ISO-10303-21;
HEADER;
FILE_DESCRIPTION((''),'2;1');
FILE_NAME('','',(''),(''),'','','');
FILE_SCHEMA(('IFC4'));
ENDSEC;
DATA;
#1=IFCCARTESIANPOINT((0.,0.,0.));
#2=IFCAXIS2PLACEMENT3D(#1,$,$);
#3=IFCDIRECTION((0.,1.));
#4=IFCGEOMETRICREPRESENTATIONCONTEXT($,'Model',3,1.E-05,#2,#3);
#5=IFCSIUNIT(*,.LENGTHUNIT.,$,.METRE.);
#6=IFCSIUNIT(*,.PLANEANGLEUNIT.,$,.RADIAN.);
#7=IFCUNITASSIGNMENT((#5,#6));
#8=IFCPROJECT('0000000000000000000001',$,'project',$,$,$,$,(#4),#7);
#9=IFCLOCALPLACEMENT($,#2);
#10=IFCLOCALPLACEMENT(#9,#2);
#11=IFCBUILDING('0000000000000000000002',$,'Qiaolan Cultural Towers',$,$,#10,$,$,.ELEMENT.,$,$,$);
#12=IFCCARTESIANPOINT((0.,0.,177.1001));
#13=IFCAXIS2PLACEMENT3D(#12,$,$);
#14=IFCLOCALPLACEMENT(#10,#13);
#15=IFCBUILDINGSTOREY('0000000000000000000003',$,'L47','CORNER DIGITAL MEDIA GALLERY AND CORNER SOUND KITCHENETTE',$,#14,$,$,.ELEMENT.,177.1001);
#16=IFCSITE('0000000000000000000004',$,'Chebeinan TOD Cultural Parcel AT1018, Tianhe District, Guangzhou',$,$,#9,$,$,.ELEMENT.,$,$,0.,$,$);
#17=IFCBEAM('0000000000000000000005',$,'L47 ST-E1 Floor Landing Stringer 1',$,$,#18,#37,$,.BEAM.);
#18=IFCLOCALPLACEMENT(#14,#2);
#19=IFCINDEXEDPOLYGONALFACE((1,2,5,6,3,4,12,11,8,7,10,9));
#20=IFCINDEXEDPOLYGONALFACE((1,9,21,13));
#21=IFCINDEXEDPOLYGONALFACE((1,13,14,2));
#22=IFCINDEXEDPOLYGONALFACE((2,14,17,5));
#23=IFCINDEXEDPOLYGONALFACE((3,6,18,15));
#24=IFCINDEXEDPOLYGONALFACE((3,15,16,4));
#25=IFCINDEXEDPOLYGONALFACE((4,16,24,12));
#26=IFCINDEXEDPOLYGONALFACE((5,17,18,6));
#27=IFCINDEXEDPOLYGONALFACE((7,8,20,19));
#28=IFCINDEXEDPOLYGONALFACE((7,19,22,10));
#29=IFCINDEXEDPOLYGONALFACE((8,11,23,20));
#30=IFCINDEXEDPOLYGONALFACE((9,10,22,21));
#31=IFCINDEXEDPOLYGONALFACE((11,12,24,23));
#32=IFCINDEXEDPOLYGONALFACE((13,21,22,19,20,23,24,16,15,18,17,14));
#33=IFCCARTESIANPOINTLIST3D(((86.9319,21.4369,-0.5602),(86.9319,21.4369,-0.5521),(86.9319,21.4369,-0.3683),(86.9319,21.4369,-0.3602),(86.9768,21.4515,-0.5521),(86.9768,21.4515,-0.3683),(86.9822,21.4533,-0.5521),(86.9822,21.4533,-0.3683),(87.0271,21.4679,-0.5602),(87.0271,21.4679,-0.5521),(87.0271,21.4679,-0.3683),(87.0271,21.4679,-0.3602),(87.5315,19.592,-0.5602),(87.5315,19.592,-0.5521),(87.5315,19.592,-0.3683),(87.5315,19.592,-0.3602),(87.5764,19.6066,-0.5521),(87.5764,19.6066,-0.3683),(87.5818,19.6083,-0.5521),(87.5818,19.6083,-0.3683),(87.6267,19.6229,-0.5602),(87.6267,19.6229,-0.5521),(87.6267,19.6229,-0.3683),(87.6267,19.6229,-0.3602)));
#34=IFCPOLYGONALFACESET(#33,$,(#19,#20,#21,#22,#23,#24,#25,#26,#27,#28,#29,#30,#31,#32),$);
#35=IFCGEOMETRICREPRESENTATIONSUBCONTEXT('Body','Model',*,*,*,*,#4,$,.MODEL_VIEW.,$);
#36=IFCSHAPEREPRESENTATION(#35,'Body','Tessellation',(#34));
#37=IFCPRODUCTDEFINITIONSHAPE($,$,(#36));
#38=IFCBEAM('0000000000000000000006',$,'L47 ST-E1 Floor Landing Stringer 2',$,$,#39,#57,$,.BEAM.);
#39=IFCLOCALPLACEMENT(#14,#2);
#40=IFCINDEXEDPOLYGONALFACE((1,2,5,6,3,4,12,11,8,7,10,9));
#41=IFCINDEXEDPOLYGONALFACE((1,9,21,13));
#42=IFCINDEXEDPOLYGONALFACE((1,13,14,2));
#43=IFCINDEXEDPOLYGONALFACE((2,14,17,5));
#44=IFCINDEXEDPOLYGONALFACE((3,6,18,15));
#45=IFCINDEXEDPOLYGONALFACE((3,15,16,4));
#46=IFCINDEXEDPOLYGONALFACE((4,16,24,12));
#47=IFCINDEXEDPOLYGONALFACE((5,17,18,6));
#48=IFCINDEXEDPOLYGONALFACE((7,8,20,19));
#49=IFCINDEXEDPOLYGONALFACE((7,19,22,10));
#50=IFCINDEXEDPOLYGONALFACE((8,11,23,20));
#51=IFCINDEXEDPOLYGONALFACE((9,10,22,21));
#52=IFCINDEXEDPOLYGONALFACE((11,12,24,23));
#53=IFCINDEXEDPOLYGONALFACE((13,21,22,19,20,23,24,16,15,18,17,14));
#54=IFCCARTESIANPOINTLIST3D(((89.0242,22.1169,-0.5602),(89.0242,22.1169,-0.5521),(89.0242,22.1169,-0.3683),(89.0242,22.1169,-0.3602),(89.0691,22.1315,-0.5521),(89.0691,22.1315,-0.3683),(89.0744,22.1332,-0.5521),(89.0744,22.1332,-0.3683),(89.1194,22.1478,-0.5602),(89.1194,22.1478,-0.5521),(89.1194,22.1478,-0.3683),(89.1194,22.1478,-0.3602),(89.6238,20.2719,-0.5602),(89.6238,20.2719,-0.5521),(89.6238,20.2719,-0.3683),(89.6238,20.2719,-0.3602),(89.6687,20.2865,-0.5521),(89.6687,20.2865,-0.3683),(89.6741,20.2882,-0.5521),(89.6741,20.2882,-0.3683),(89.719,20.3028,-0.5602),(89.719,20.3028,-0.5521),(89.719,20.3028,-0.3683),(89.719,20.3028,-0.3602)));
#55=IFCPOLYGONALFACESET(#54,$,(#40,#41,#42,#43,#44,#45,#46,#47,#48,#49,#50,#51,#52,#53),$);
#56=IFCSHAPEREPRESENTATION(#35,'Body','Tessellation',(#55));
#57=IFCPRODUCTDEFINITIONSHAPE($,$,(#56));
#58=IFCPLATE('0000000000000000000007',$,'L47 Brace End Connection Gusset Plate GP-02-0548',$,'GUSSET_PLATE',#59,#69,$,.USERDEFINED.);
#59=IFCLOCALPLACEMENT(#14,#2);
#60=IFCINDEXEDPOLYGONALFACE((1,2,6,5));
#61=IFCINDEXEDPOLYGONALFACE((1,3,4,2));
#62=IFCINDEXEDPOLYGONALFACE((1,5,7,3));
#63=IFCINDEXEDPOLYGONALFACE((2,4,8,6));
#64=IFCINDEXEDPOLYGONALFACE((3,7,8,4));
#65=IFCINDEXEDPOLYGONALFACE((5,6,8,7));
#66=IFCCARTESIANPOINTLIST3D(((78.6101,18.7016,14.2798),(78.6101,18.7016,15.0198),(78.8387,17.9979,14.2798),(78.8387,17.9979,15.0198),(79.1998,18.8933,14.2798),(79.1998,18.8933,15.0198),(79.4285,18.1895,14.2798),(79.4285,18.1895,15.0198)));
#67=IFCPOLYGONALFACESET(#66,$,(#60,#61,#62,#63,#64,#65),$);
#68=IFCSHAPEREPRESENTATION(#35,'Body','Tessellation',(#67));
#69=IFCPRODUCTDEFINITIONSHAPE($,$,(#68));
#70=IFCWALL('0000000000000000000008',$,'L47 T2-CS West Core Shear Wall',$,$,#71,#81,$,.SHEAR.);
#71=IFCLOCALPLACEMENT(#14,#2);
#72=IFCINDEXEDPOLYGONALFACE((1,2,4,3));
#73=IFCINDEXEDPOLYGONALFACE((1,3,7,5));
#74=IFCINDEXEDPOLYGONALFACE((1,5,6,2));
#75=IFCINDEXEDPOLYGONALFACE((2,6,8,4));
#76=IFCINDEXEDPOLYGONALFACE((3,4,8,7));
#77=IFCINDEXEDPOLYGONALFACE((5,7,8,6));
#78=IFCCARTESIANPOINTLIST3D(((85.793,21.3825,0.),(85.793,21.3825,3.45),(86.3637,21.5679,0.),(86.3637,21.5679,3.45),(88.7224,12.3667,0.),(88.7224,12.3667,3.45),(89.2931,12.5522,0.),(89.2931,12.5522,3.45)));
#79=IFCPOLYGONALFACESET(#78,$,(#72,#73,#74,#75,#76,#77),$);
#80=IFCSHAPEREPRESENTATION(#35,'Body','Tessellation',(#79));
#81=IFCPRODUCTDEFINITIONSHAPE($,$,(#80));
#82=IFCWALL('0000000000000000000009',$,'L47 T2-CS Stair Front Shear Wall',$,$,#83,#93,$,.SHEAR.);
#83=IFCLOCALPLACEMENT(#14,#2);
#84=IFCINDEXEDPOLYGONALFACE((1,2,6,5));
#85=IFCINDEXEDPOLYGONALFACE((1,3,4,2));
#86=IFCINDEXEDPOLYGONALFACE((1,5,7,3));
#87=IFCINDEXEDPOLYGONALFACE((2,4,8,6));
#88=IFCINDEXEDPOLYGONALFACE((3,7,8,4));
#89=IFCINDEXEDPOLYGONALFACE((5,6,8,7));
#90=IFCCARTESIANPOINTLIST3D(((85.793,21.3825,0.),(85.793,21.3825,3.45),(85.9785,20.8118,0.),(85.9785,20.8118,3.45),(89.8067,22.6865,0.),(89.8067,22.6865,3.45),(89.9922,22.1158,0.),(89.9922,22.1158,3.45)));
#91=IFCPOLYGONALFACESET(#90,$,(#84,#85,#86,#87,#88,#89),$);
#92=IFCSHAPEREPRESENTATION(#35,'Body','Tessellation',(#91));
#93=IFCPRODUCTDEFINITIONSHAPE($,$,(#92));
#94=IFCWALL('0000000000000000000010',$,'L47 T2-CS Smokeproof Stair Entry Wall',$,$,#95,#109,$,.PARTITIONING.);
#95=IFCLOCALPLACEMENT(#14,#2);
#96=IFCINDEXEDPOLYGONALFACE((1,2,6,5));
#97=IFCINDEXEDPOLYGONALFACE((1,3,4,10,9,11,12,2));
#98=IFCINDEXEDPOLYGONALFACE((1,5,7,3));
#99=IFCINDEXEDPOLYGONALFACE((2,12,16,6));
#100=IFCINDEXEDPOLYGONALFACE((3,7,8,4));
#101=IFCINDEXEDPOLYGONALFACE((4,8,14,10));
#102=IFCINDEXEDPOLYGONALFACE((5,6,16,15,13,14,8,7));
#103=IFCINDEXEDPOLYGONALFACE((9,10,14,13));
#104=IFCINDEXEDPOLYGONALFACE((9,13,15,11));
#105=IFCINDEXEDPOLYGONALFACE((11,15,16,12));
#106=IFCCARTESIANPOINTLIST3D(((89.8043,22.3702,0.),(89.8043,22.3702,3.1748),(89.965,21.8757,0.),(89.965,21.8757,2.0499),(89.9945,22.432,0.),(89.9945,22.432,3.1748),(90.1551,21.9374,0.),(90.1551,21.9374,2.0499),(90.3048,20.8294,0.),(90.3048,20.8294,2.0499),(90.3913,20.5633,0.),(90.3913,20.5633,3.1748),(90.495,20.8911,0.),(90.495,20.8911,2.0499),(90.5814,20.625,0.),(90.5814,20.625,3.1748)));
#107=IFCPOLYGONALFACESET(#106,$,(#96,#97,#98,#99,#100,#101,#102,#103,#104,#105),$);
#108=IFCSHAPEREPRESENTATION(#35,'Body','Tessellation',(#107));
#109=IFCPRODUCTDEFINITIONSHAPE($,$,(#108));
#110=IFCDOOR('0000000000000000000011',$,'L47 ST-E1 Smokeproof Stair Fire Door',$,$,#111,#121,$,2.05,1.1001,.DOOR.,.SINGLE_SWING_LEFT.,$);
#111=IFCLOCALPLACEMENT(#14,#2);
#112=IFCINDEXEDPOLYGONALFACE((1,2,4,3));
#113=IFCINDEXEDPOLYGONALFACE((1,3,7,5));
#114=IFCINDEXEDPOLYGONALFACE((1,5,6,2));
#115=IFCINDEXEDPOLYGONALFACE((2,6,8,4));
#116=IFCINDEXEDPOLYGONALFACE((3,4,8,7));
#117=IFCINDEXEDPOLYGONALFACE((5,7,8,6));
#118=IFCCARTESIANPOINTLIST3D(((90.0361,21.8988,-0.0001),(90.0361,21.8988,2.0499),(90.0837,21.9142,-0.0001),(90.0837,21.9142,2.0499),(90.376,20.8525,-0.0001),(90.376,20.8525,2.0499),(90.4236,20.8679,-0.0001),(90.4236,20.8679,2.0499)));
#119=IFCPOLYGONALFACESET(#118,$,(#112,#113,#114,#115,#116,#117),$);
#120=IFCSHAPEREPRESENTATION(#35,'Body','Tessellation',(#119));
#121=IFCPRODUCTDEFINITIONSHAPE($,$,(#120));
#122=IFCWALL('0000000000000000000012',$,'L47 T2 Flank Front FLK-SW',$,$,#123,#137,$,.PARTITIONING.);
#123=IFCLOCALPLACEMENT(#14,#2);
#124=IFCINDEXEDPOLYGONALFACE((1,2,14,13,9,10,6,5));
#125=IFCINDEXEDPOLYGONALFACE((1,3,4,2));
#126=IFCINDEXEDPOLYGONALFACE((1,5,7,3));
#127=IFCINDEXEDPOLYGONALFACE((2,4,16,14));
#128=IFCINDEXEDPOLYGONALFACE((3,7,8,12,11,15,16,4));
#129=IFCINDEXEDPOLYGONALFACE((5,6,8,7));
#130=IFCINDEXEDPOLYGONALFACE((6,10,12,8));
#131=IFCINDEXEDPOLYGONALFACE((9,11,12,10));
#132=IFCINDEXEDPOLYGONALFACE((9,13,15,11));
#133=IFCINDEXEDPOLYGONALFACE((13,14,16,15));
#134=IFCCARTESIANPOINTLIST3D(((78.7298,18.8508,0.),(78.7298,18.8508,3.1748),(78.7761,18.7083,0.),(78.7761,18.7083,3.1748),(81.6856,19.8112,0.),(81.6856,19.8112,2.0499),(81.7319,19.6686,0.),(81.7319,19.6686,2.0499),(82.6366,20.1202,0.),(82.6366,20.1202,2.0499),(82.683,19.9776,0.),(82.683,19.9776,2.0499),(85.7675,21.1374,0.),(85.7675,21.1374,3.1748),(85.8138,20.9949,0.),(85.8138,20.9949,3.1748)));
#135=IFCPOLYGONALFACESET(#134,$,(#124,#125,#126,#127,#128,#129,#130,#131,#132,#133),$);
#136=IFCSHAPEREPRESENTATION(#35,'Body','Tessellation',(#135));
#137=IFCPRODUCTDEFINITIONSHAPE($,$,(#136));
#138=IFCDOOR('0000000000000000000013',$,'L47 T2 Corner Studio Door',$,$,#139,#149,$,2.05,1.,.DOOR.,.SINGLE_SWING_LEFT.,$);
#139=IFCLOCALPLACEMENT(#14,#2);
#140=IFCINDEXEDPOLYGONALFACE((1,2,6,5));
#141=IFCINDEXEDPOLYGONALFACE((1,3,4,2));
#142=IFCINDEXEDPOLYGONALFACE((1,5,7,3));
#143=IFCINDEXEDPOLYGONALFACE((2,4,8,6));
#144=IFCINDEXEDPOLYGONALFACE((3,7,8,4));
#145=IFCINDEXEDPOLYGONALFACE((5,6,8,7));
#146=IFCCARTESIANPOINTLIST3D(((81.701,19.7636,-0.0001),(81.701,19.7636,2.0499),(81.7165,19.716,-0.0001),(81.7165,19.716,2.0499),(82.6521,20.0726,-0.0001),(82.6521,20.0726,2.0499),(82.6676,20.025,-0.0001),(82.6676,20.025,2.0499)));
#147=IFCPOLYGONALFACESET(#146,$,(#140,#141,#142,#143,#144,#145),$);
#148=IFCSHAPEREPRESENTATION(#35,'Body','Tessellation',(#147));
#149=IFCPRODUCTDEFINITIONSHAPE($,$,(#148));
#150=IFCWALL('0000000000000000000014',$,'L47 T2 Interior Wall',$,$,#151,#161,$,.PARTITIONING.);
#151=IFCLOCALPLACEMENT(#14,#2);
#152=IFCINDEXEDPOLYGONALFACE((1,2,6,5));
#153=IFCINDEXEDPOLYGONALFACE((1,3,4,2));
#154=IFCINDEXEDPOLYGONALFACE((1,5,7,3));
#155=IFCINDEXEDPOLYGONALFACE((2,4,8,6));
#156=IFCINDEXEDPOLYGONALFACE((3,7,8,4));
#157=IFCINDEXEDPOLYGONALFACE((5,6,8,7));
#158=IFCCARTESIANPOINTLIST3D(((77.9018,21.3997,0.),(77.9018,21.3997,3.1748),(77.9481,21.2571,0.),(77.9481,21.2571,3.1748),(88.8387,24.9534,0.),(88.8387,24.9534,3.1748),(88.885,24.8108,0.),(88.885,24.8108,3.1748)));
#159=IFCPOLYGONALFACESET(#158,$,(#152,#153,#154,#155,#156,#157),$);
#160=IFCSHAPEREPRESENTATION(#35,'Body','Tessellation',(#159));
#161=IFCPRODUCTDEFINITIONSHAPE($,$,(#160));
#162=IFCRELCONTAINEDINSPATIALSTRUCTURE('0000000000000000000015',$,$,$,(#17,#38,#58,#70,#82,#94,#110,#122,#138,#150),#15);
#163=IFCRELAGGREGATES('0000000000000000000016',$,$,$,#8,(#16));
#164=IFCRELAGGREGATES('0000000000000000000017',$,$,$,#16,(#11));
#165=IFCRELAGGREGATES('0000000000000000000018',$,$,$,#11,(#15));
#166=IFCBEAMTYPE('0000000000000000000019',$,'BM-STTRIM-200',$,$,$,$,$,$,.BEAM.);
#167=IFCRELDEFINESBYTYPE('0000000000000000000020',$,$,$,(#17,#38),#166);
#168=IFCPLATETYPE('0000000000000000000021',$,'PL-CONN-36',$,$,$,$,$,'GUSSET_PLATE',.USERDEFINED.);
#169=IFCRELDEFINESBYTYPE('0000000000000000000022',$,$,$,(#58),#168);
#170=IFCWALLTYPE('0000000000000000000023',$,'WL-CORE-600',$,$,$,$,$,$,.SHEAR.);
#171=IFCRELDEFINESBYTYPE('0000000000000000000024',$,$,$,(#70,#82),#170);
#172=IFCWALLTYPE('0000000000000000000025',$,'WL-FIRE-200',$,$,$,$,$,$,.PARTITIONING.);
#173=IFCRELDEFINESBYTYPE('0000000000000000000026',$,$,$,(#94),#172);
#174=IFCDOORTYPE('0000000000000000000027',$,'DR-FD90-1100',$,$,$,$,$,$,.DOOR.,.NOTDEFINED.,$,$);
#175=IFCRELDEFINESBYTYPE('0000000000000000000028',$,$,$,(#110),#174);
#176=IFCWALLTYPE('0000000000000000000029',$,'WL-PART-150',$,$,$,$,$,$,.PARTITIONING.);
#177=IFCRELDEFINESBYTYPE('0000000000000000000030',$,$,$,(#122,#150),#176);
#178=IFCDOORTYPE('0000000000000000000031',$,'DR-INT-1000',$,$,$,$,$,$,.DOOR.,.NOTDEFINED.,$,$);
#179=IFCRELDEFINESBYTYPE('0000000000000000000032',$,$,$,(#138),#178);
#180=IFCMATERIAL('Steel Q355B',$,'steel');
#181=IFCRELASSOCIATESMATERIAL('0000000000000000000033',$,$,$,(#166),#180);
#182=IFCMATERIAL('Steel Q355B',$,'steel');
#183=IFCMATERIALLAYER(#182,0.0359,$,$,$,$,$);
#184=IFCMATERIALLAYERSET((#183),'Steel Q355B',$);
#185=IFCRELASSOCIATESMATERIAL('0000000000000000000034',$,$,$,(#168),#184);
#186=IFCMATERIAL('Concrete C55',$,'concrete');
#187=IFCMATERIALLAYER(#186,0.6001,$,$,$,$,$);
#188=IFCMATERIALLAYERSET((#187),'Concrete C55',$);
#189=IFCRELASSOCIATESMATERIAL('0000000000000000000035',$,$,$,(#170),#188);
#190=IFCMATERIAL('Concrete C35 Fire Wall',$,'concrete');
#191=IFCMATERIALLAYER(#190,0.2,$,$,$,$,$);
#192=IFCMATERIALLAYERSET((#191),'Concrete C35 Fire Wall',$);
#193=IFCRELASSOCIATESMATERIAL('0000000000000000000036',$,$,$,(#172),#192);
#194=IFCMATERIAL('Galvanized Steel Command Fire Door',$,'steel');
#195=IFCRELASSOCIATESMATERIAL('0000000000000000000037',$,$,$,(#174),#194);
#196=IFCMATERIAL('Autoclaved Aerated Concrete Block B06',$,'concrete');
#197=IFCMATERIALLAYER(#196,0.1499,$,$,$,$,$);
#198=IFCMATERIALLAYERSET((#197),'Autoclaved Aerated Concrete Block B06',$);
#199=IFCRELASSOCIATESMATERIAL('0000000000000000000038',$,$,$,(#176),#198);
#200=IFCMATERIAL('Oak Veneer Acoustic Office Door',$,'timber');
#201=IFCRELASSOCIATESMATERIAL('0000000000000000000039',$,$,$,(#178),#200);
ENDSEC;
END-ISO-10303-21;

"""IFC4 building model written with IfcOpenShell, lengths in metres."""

from ifc_helpers import new_model, si_unit, direction, frame, frame_2d, origin, origin_2d, place, context, subcontext, project, spatial, rectangle, i_section, extrude, material, layer, layer_set, material_profile, profile_set, type_object, element, fill, save


model = new_model("IFC4")

# Units and contexts
model_context = context("Model", 3, precision=1e-05, world=origin(), true_north=direction((0.0, 1.0)))
body_context = subcontext(model_context, "Body", "Model", "MODEL_VIEW")
ifc_project = project(units=[si_unit("LENGTHUNIT", "METRE"), si_unit("PLANEANGLEUNIT", "RADIAN")], contexts=[model_context])

# Site, building, storey
site_placement = place(None, origin())
site = spatial("IfcSite", under=ifc_project, at=site_placement, Name="Chebeinan TOD Cultural Parcel AT1018, Tianhe District, Guangzhou", CompositionType="ELEMENT", RefElevation=0.0)
building_placement = place(site_placement, origin())
building = spatial("IfcBuilding", under=site, at=building_placement, Name="Qiaolan Cultural Towers", CompositionType="ELEMENT")
storey_placement = place(building_placement, frame((0.0, 0.0, 177.1001)))
storey = spatial("IfcBuildingStorey", under=building, at=storey_placement, Name="L47", Description="CORNER DIGITAL MEDIA GALLERY AND CORNER SOUND KITCHENETTE", CompositionType="ELEMENT", Elevation=177.1001)

# Beams
ifc_material_1 = material(Name="Steel Q355B", Category="steel")
ifc_material_profile_1 = material_profile(ifc_material_1, i_section(OverallWidth=0.1001, OverallDepth=0.2, WebThickness=0.0056, FlangeThickness=0.0081, at=origin_2d()), Name="HN200x100x5.5x8")
ifc_profile_set_1 = profile_set([ifc_material_profile_1], Name="Steel Q355B")
beam_type_1 = type_object("IfcBeamType", Name="BM-STTRIM-200", PredefinedType="BEAM", material=ifc_profile_set_1)
for number, where, z_axis, x_axis, name in (
    (1, (86.9795, 21.4524, -0.4602), (0.309083, -0.951035, 0.0), (0.951035, 0.309083, 0.0), "L47 ST-E1 Floor Landing Stringer 1"),
    (2, (89.0718, 22.1323, -0.4602), (0.309083, -0.951035, 0.0), (0.951035, 0.309083, 0.0), "L47 ST-E1 Floor Landing Stringer 2"),
):
    element("IfcBeam", number, at=place(storey_placement, frame(where, z_axis=z_axis, x_axis=x_axis)), inside=storey, type_object=beam_type_1, Name=name, PredefinedType="BEAM", context=body_context, shape_type="SweptSolid", body=[
        extrude(i_section(OverallWidth=0.1001, OverallDepth=0.2, WebThickness=0.0056, FlangeThickness=0.0081, at=origin_2d()), origin(), (0.0, 0.0, 1.0), 1.9399),
    ])

# Plate
ifc_material_2 = material(Name="Steel Q355B", Category="steel")
ifc_layer_1 = layer(ifc_material_2, 0.0359)
ifc_layer_set_1 = layer_set([ifc_layer_1], Name="Steel Q355B")
plate_type = type_object("IfcPlateType", Name="PL-CONN-36", ElementType="GUSSET_PLATE", PredefinedType="USERDEFINED", material=ifc_layer_set_1)
plate_placement = place(storey_placement, frame((79.0193, 18.4456, 14.2798), z_axis=(0.0, 0.0, 1.0), x_axis=(-0.309017, 0.951057, 0.0)))
element("IfcPlate", 3, at=plate_placement, inside=storey, type_object=plate_type, Name="L47 Brace End Connection Gusset Plate GP-02-0548", ObjectType="GUSSET_PLATE", PredefinedType="USERDEFINED", context=body_context, shape_type="SweptSolid", body=[
    extrude(rectangle(XDim=0.74, YDim=0.6201, at=origin_2d()), origin(), (0.0, 0.0, 1.0), 0.74),
])

# Walls
ifc_material_3 = material(Name="Concrete C55", Category="concrete")
ifc_layer_2 = layer(ifc_material_3, 0.6001)
ifc_layer_set_2 = layer_set([ifc_layer_2], Name="Concrete C55")
wall_type_1 = type_object("IfcWallType", Name="WL-CORE-600", PredefinedType="SHEAR", material=ifc_layer_set_2)
wall_1_placement = place(storey_placement, frame((86.0784, 21.4751, 0.0), z_axis=(0.0, 0.0, 1.0), x_axis=(0.309018, -0.951056, 0.0)))
element("IfcWall", 4, at=wall_1_placement, inside=storey, type_object=wall_type_1, Name="L47 T2-CS West Core Shear Wall", PredefinedType="SHEAR", context=body_context, shape_type="SweptSolid", body=[
    extrude(rectangle(XDim=9.4797, YDim=0.6001, at=frame_2d((4.7397, 0.0))), origin(), (0.0, 0.0, 1.0), 3.45),
])
wall_2_placement = place(storey_placement, frame((85.8857, 21.0972, 0.0), z_axis=(0.0, 0.0, 1.0), x_axis=(0.951068, 0.308981, 0.0)))
element("IfcWall", 5, at=wall_2_placement, inside=storey, type_object=wall_type_1, Name="L47 T2-CS Stair Front Shear Wall", PredefinedType="SHEAR", context=body_context, shape_type="SweptSolid", body=[
    extrude(rectangle(XDim=4.2202, YDim=0.6001, at=frame_2d((2.1101, 0.0))), origin(), (0.0, 0.0, 1.0), 3.45),
])

# Walls, openings, doors
ifc_material_4 = material(Name="Concrete C35 Fire Wall", Category="concrete")
ifc_layer_3 = layer(ifc_material_4, 0.2)
ifc_layer_set_3 = layer_set([ifc_layer_3], Name="Concrete C35 Fire Wall")
wall_type_2 = type_object("IfcWallType", Name="WL-FIRE-200", PredefinedType="PARTITIONING", material=ifc_layer_set_3)
wall_3_placement = place(storey_placement, frame((89.8994, 22.4011, 0.0), z_axis=(0.0, 0.0, 1.0), x_axis=(0.308932, -0.951084, 0.0)))
wall_3 = element("IfcWall", 6, at=wall_3_placement, inside=storey, type_object=wall_type_2, Name="L47 T2-CS Smokeproof Stair Entry Wall", PredefinedType="PARTITIONING", context=body_context, shape_type="SweptSolid", body=[
    extrude(rectangle(XDim=1.8999, YDim=0.2, at=frame_2d((0.95, 0.0))), origin(), (0.0, 0.0, 1.0), 3.1748),
])
opening_1_placement = place(wall_3_placement, frame((0.52, 0.0, 0.0)))
opening_1 = element("IfcOpeningElement", 7, at=opening_1_placement, cuts=wall_3, PredefinedType="OPENING", context=body_context, shape_type="SweptSolid", body=[
    extrude(rectangle(XDim=1.1001, YDim=2.05, at=frame_2d((0.55, 1.0249))), frame((0.0, 0.1099, 0.0), z_axis=(0.0, -1.0, 0.0), x_axis=(1.0, 0.0, 0.0)), (0.0, 0.0, 1.0), 0.22),
])
ifc_material_5 = material(Name="Galvanized Steel Command Fire Door", Category="steel")
door_type_1 = type_object("IfcDoorType", Name="DR-FD90-1100", OperationType="NOTDEFINED", PredefinedType="DOOR", material=ifc_material_5)
door_1_placement = place(opening_1_placement, origin())
door_1 = element("IfcDoor", 8, at=door_1_placement, inside=storey, type_object=door_type_1, Name="L47 ST-E1 Smokeproof Stair Fire Door", OperationType="SINGLE_SWING_LEFT", OverallHeight=2.05, OverallWidth=1.1001, PredefinedType="DOOR", context=body_context, shape_type="SweptSolid", body=[
    extrude(rectangle(XDim=1.1001, YDim=2.05, at=frame_2d((0.55, 1.0249))), frame((0.0, 0.0249, 0.0), z_axis=(0.0, -1.0, 0.0), x_axis=(1.0, 0.0, 0.0)), (0.0, 0.0, 1.0), 0.05),
])
fill(opening_1, door_1)
ifc_material_6 = material(Name="Autoclaved Aerated Concrete Block B06", Category="concrete")
ifc_layer_4 = layer(ifc_material_6, 0.1499)
ifc_layer_set_4 = layer_set([ifc_layer_4], Name="Autoclaved Aerated Concrete Block B06")
wall_type_3 = type_object("IfcWallType", Name="WL-PART-150", PredefinedType="PARTITIONING", material=ifc_layer_set_4)
wall_4_placement = place(storey_placement, frame((78.7529, 18.7795, 0.0), z_axis=(0.0, 0.0, 1.0), x_axis=(0.951061, 0.309003, 0.0)))
wall_4 = element("IfcWall", 9, at=wall_4_placement, inside=storey, type_object=wall_type_3, Name="L47 T2 Flank Front FLK-SW", PredefinedType="PARTITIONING", context=body_context, shape_type="SweptSolid", body=[
    extrude(rectangle(XDim=7.3999, YDim=0.1499, at=frame_2d((3.7, 0.0))), origin(), (0.0, 0.0, 1.0), 3.1748),
])
opening_2_placement = place(wall_4_placement, frame((3.1079, 0.0, 0.0)))
opening_2 = element("IfcOpeningElement", 10, at=opening_2_placement, cuts=wall_4, PredefinedType="OPENING", context=body_context, shape_type="SweptSolid", body=[
    extrude(rectangle(XDim=1.0, YDim=2.05, at=frame_2d((0.5, 1.0249))), frame((0.0, 0.085, 0.0), z_axis=(0.0, -1.0, 0.0), x_axis=(1.0, 0.0, 0.0)), (0.0, 0.0, 1.0), 0.1699),
])
ifc_material_7 = material(Name="Oak Veneer Acoustic Office Door", Category="timber")
door_type_2 = type_object("IfcDoorType", Name="DR-INT-1000", OperationType="NOTDEFINED", PredefinedType="DOOR", material=ifc_material_7)
door_2_placement = place(opening_2_placement, origin())
door_2 = element("IfcDoor", 11, at=door_2_placement, inside=storey, type_object=door_type_2, Name="L47 T2 Corner Studio Door", OperationType="SINGLE_SWING_LEFT", OverallHeight=2.05, OverallWidth=1.0, PredefinedType="DOOR", context=body_context, shape_type="SweptSolid", body=[
    extrude(rectangle(XDim=1.0, YDim=2.05, at=frame_2d((0.5, 1.0249))), frame((0.0, 0.0249, 0.0), z_axis=(0.0, -1.0, 0.0), x_axis=(1.0, 0.0, 0.0)), (0.0, 0.0, 1.0), 0.05),
])
fill(opening_2, door_2)

# Wall
wall_5_placement = place(storey_placement, frame((77.9248, 21.3284, 0.0), z_axis=(0.0, 0.0, 1.0), x_axis=(0.951055, 0.309022, 0.0)))
element("IfcWall", 12, at=wall_5_placement, inside=storey, type_object=wall_type_3, Name="L47 T2 Interior Wall", PredefinedType="PARTITIONING", context=body_context, shape_type="SweptSolid", body=[
    extrude(rectangle(XDim=11.4998, YDim=0.1499, at=frame_2d((5.75, 0.0))), origin(), (0.0, 0.0, 1.0), 3.1748),
])

save(model, "model.ifc")
